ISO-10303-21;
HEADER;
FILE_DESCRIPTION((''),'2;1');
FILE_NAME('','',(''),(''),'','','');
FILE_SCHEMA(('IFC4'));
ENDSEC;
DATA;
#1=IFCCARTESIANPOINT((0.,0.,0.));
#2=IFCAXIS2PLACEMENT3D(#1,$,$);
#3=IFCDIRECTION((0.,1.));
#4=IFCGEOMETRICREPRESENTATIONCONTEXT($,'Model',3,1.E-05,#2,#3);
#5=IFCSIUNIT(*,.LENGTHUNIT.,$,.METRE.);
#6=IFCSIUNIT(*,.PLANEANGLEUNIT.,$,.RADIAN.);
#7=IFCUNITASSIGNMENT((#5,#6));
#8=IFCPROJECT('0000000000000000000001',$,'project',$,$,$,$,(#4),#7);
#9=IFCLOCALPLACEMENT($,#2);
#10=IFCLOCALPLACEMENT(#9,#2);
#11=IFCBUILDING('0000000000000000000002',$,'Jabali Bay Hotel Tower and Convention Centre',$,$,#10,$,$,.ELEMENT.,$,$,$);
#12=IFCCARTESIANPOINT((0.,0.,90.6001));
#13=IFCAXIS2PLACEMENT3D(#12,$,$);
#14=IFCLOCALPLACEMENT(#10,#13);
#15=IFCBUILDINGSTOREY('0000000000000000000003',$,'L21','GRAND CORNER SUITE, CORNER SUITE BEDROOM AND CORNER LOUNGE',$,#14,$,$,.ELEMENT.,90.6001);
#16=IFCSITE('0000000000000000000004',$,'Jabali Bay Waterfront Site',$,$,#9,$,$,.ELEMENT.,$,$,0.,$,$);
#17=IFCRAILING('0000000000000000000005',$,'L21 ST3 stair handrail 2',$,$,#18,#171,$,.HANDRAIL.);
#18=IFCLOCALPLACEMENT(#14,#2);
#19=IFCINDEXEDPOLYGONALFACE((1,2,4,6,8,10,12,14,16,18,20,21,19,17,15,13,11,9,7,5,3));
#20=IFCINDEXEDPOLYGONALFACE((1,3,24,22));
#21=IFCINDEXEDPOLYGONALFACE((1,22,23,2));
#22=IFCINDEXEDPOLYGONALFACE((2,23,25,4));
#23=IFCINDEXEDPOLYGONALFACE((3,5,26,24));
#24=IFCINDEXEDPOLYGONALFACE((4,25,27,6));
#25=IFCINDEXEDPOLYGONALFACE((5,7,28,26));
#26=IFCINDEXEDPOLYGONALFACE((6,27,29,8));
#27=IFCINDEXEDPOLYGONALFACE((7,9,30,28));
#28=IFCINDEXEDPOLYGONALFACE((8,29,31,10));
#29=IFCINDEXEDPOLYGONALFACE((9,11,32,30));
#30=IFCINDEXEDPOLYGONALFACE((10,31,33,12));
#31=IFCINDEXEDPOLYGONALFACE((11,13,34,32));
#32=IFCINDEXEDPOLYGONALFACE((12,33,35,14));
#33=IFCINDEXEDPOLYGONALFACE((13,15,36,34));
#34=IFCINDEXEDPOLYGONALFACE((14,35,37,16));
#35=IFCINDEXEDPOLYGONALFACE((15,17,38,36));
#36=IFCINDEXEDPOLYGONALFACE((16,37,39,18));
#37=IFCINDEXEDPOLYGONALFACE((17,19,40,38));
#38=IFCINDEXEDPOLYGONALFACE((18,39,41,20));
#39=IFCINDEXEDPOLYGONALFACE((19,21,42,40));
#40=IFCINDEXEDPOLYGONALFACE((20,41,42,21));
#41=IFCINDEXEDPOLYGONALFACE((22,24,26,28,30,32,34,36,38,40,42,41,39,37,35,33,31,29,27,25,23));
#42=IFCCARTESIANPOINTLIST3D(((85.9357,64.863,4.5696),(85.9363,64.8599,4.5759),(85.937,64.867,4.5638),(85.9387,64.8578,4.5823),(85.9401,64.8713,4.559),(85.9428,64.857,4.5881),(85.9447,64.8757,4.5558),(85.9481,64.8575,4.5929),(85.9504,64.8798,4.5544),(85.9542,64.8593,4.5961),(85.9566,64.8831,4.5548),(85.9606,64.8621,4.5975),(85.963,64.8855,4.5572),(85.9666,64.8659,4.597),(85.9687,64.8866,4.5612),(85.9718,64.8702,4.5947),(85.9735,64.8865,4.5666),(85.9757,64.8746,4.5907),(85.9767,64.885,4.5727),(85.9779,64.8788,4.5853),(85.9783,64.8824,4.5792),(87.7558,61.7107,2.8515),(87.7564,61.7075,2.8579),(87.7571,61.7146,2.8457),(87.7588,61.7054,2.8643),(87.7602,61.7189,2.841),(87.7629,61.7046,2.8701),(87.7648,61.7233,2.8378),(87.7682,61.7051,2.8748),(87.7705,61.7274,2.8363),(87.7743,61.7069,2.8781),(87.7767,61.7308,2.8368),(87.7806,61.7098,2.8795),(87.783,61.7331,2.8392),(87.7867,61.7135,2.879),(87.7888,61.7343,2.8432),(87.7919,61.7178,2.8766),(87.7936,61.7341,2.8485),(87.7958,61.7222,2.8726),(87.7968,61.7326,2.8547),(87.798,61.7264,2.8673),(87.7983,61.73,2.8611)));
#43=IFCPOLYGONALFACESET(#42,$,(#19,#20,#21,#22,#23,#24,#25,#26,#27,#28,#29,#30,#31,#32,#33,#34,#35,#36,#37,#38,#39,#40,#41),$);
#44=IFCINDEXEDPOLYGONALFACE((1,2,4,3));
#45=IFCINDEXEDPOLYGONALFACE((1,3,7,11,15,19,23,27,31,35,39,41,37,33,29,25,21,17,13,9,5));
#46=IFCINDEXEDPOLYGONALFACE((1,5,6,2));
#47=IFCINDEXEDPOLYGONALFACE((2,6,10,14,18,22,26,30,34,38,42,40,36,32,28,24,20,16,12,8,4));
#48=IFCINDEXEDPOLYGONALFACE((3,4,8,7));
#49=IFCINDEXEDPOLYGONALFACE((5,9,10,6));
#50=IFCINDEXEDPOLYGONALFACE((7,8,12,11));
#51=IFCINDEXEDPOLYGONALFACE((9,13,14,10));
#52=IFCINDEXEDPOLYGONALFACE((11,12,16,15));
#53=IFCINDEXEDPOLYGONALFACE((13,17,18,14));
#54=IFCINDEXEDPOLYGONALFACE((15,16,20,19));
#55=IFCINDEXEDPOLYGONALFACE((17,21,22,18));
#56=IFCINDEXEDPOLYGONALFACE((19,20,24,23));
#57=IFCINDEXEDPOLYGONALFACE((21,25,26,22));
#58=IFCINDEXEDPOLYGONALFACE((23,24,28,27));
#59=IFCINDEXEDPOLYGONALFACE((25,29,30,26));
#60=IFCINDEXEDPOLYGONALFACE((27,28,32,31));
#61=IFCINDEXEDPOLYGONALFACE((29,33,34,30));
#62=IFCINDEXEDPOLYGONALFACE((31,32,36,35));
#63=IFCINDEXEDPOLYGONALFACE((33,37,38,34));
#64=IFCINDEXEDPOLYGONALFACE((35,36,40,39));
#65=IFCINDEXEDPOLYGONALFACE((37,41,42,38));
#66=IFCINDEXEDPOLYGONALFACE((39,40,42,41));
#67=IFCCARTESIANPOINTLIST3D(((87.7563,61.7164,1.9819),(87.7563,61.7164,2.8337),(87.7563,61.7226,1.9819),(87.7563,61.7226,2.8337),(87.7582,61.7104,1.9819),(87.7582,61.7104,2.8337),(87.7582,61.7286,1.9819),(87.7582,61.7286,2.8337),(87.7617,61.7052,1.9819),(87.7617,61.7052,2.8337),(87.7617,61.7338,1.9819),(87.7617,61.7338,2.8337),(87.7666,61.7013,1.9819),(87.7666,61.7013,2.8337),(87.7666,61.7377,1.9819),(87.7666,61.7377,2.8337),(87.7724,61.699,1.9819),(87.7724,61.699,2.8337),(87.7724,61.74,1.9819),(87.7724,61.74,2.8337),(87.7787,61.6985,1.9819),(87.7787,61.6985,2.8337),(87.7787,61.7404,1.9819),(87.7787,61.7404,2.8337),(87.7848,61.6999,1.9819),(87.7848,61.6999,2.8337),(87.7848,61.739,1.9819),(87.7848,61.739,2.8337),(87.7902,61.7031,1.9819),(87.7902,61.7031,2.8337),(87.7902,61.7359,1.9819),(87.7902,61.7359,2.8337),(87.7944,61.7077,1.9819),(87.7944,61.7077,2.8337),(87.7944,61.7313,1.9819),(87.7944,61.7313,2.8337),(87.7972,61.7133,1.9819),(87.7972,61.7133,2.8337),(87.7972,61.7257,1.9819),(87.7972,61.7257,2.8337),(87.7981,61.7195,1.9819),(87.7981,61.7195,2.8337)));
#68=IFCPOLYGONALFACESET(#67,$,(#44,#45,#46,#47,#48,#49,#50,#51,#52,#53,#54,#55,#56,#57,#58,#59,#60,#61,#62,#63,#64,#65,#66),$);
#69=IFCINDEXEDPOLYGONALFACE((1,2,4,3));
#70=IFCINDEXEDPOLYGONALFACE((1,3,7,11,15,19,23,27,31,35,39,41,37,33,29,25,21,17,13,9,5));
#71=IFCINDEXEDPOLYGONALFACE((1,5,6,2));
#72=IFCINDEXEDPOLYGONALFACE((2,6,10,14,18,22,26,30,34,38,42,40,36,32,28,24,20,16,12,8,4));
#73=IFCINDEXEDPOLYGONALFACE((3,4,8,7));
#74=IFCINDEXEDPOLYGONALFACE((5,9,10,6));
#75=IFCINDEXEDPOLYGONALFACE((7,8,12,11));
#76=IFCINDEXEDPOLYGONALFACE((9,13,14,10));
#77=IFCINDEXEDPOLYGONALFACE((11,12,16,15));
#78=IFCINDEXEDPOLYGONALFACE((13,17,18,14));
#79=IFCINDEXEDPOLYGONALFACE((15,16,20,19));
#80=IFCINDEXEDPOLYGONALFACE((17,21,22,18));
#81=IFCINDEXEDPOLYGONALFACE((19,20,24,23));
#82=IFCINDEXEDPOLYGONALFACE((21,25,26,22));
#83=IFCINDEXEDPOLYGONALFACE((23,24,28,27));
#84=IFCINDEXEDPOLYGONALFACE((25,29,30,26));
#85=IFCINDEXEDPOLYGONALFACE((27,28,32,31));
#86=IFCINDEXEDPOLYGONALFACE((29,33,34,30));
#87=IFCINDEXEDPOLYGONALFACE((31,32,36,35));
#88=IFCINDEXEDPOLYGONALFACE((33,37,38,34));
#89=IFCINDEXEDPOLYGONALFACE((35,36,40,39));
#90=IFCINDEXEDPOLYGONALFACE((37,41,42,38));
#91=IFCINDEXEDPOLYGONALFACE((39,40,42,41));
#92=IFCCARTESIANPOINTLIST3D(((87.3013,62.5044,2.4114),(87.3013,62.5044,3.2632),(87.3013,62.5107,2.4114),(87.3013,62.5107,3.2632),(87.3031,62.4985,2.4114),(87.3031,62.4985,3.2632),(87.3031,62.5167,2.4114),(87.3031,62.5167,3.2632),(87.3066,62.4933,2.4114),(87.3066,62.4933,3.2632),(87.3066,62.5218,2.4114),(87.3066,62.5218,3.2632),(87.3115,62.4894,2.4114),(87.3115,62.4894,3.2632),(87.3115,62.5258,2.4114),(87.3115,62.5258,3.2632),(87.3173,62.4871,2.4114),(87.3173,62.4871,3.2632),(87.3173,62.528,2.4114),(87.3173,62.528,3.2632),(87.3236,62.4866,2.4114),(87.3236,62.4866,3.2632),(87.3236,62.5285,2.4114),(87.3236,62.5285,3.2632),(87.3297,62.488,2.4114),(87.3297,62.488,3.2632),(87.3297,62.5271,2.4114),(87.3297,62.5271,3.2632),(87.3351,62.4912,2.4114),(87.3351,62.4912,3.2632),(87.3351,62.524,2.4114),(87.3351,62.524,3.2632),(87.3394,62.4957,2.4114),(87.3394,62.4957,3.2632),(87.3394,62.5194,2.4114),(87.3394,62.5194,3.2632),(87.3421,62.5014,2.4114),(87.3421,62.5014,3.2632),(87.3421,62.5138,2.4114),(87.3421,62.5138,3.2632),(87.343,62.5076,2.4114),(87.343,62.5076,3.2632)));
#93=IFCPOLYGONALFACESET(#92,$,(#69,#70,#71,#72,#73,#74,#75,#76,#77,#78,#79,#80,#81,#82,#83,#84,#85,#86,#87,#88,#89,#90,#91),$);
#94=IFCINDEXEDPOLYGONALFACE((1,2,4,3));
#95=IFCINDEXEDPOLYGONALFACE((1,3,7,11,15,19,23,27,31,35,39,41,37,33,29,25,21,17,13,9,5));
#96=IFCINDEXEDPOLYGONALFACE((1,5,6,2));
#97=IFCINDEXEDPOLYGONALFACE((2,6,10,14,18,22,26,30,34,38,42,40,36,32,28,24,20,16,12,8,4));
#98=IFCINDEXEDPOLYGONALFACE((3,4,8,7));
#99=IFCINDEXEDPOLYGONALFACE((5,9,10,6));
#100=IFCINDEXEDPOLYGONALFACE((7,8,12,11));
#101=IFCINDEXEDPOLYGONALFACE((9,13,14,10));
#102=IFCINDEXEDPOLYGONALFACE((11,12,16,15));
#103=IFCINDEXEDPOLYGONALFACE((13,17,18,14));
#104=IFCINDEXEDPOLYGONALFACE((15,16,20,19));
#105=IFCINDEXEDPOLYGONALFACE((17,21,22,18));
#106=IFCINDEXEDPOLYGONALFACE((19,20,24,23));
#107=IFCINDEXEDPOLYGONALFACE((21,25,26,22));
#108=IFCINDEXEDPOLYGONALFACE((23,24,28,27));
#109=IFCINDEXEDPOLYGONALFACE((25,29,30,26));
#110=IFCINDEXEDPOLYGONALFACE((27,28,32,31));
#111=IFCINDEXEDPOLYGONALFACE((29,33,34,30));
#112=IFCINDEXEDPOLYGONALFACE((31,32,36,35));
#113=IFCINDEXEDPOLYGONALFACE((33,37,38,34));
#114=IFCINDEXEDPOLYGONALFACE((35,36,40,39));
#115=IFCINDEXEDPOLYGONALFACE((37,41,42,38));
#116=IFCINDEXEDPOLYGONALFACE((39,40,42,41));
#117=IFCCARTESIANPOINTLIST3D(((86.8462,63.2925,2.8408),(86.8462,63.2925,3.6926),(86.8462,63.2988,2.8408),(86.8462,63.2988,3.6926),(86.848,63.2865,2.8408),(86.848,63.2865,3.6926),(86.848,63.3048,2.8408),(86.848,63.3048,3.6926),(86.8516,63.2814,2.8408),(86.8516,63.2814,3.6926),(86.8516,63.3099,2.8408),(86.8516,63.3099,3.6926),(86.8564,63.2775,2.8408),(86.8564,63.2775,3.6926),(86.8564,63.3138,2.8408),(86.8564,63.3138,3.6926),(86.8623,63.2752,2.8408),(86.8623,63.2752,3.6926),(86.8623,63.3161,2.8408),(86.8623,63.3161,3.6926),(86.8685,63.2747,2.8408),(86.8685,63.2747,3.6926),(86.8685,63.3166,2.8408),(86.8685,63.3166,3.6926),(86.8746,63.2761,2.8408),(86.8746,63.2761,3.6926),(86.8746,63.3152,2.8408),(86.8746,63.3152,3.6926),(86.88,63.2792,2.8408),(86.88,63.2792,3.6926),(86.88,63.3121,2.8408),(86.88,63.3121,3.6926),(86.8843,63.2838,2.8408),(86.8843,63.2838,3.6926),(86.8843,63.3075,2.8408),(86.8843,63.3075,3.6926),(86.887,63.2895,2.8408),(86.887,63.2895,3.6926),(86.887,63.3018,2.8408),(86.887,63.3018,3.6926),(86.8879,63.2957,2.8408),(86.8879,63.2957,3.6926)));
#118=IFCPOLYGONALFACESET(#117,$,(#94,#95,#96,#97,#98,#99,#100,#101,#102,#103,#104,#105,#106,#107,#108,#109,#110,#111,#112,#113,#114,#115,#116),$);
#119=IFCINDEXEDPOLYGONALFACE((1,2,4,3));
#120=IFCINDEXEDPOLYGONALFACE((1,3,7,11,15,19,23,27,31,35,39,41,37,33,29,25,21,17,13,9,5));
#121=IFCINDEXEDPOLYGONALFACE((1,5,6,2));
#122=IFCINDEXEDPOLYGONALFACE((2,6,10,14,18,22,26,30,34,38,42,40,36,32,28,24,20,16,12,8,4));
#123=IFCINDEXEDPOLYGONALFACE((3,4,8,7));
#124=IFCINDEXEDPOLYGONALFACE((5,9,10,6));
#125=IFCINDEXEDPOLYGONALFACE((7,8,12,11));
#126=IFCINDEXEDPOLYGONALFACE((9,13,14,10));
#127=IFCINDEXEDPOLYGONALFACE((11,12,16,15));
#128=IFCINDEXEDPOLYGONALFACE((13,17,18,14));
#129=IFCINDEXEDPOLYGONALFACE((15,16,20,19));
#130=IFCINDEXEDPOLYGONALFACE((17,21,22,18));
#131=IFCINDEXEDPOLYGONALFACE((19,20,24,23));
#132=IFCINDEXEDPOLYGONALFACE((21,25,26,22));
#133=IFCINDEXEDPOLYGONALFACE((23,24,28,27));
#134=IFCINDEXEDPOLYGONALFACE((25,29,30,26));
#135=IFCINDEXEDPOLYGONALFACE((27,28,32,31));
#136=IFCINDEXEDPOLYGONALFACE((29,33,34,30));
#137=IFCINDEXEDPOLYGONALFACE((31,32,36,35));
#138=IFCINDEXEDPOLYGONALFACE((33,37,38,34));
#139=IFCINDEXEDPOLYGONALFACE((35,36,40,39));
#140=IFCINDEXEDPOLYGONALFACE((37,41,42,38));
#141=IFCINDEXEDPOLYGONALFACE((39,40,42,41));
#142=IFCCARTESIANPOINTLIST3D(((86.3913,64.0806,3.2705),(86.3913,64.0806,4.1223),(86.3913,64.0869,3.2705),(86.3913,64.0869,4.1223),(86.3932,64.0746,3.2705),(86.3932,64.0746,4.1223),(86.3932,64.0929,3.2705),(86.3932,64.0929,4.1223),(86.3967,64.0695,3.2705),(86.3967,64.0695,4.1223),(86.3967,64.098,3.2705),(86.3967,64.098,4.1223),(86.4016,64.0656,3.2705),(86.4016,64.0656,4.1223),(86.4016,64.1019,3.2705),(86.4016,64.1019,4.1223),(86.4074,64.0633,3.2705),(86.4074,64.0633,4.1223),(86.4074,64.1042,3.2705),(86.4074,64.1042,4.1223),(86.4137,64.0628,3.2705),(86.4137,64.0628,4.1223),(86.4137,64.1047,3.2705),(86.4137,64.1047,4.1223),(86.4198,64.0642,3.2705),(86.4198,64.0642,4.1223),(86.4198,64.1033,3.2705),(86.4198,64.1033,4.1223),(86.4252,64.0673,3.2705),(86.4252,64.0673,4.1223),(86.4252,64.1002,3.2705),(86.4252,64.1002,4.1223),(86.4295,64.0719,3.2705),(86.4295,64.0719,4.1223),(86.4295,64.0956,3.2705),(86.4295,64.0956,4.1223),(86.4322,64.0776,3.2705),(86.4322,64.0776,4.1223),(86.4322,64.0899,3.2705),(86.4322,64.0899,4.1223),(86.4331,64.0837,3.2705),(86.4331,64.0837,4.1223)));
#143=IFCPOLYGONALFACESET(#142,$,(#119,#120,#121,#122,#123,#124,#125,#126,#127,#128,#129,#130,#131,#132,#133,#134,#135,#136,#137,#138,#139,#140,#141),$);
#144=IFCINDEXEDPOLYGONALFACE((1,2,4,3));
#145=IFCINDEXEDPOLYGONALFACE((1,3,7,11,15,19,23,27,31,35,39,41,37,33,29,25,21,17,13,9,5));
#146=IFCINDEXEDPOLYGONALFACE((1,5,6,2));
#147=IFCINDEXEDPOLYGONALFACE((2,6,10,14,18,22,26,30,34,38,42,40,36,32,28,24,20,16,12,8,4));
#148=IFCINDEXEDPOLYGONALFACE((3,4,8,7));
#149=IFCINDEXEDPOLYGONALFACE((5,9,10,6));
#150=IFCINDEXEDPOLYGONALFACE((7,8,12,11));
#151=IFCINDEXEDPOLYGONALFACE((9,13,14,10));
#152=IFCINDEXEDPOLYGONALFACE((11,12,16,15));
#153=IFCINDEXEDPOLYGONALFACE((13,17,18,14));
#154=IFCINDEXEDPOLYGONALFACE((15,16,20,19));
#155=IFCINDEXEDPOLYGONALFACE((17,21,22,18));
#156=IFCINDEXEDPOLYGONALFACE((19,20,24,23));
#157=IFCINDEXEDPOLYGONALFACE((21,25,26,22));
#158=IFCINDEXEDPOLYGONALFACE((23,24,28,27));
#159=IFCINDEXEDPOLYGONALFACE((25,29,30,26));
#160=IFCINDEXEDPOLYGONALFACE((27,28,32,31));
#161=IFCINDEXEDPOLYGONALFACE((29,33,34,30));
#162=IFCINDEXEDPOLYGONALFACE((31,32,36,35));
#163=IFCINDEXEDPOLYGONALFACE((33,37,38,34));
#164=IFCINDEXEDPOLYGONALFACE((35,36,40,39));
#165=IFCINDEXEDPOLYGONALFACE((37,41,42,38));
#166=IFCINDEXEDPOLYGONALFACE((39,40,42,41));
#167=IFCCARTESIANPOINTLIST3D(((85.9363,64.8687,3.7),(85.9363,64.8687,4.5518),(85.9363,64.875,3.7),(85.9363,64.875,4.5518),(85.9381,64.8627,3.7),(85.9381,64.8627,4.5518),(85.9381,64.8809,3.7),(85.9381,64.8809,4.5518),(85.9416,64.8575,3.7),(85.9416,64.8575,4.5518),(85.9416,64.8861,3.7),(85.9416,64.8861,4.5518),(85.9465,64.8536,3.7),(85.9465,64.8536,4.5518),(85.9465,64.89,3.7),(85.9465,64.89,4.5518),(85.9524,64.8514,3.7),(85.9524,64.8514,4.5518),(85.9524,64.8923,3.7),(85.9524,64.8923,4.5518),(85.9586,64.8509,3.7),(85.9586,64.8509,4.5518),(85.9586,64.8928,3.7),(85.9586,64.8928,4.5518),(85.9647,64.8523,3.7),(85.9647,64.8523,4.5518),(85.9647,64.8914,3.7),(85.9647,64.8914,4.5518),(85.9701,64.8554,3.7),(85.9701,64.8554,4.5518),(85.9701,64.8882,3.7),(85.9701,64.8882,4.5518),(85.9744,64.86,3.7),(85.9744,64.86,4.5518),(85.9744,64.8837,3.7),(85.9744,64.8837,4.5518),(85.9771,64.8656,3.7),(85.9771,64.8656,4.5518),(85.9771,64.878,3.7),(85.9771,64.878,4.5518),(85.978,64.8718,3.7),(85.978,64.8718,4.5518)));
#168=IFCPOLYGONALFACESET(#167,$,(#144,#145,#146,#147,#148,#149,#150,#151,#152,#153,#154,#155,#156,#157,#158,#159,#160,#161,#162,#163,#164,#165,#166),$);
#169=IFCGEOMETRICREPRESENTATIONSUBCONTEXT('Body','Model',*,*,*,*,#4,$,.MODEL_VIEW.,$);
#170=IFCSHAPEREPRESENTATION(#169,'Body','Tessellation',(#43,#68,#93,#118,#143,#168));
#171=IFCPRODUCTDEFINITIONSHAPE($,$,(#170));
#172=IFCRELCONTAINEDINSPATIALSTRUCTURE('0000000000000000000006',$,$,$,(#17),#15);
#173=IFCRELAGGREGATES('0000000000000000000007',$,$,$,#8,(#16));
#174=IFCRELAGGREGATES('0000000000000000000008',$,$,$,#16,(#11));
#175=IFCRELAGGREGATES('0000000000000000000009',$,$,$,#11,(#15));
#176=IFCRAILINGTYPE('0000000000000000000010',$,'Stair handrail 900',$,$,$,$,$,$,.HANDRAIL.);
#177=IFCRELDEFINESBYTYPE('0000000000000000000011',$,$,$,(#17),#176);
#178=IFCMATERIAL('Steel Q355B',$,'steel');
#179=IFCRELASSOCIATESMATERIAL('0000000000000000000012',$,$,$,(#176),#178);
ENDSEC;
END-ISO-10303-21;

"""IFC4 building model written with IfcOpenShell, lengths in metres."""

from ifc_helpers import new_model, si_unit, direction, frame, origin, origin_2d, place, context, subcontext, project, spatial, circle, extrude, material, type_object, element, save


model = new_model("IFC4")

# Units and contexts
model_context = context("Model", 3, precision=1e-05, world=origin(), true_north=direction((0.0, 1.0)))
body_context = subcontext(model_context, "Body", "Model", "MODEL_VIEW")
ifc_project = project(units=[si_unit("LENGTHUNIT", "METRE"), si_unit("PLANEANGLEUNIT", "RADIAN")], contexts=[model_context])

# Site, building, storey
site_placement = place(None, origin())
site = spatial("IfcSite", under=ifc_project, at=site_placement, Name="Jabali Bay Waterfront Site", CompositionType="ELEMENT", RefElevation=0.0)
building_placement = place(site_placement, origin())
building = spatial("IfcBuilding", under=site, at=building_placement, Name="Jabali Bay Hotel Tower and Convention Centre", CompositionType="ELEMENT")
storey_placement = place(building_placement, frame((0.0, 0.0, 90.6001)))
storey = spatial("IfcBuildingStorey", under=building, at=storey_placement, Name="L21", Description="GRAND CORNER SUITE, CORNER SUITE BEDROOM AND CORNER LOUNGE", CompositionType="ELEMENT", Elevation=90.6001)

# Railing
ifc_material_1 = material(Name="Steel Q355B", Category="steel")
railing_type_1 = type_object("IfcRailingType", Name="Stair handrail 900", PredefinedType="HANDRAIL", material=ifc_material_1)
railing_1_placement = place(storey_placement, frame((87.7771, 61.7195, 1.9819)))
element("IfcRailing", 1, at=railing_1_placement, inside=storey, type_object=railing_type_1, Name="L21 ST3 stair handrail 2", PredefinedType="HANDRAIL", context=body_context, shape_type="SweptSolid", body=[
    extrude(circle(Radius=0.0239, at=origin_2d()), frame((0.0, 0.0, 0.876), z_axis=(-0.452179, 0.78317, 0.426825), x_axis=(-0.866018, -0.500013, 0.0)), (0.0, 0.0, 1.0), 4.0251),
    extrude(circle(Radius=0.021, at=origin_2d()), origin(), (0.0, 0.0, 1.0), 0.8518),
    extrude(circle(Radius=0.021, at=origin_2d()), frame((-0.4551, 0.7881, 0.4294)), (0.0, 0.0, 1.0), 0.8518),
    extrude(circle(Radius=0.021, at=origin_2d()), frame((-0.9102, 1.5762, 0.8589)), (0.0, 0.0, 1.0), 0.8518),
    extrude(circle(Radius=0.021, at=origin_2d()), frame((-1.365, 2.3643, 1.2886)), (0.0, 0.0, 1.0), 0.8518),
    extrude(circle(Radius=0.021, at=origin_2d()), frame((-1.8201, 3.1523, 1.718)), (0.0, 0.0, 1.0), 0.8518),
])

save(model, "model.ifc")
